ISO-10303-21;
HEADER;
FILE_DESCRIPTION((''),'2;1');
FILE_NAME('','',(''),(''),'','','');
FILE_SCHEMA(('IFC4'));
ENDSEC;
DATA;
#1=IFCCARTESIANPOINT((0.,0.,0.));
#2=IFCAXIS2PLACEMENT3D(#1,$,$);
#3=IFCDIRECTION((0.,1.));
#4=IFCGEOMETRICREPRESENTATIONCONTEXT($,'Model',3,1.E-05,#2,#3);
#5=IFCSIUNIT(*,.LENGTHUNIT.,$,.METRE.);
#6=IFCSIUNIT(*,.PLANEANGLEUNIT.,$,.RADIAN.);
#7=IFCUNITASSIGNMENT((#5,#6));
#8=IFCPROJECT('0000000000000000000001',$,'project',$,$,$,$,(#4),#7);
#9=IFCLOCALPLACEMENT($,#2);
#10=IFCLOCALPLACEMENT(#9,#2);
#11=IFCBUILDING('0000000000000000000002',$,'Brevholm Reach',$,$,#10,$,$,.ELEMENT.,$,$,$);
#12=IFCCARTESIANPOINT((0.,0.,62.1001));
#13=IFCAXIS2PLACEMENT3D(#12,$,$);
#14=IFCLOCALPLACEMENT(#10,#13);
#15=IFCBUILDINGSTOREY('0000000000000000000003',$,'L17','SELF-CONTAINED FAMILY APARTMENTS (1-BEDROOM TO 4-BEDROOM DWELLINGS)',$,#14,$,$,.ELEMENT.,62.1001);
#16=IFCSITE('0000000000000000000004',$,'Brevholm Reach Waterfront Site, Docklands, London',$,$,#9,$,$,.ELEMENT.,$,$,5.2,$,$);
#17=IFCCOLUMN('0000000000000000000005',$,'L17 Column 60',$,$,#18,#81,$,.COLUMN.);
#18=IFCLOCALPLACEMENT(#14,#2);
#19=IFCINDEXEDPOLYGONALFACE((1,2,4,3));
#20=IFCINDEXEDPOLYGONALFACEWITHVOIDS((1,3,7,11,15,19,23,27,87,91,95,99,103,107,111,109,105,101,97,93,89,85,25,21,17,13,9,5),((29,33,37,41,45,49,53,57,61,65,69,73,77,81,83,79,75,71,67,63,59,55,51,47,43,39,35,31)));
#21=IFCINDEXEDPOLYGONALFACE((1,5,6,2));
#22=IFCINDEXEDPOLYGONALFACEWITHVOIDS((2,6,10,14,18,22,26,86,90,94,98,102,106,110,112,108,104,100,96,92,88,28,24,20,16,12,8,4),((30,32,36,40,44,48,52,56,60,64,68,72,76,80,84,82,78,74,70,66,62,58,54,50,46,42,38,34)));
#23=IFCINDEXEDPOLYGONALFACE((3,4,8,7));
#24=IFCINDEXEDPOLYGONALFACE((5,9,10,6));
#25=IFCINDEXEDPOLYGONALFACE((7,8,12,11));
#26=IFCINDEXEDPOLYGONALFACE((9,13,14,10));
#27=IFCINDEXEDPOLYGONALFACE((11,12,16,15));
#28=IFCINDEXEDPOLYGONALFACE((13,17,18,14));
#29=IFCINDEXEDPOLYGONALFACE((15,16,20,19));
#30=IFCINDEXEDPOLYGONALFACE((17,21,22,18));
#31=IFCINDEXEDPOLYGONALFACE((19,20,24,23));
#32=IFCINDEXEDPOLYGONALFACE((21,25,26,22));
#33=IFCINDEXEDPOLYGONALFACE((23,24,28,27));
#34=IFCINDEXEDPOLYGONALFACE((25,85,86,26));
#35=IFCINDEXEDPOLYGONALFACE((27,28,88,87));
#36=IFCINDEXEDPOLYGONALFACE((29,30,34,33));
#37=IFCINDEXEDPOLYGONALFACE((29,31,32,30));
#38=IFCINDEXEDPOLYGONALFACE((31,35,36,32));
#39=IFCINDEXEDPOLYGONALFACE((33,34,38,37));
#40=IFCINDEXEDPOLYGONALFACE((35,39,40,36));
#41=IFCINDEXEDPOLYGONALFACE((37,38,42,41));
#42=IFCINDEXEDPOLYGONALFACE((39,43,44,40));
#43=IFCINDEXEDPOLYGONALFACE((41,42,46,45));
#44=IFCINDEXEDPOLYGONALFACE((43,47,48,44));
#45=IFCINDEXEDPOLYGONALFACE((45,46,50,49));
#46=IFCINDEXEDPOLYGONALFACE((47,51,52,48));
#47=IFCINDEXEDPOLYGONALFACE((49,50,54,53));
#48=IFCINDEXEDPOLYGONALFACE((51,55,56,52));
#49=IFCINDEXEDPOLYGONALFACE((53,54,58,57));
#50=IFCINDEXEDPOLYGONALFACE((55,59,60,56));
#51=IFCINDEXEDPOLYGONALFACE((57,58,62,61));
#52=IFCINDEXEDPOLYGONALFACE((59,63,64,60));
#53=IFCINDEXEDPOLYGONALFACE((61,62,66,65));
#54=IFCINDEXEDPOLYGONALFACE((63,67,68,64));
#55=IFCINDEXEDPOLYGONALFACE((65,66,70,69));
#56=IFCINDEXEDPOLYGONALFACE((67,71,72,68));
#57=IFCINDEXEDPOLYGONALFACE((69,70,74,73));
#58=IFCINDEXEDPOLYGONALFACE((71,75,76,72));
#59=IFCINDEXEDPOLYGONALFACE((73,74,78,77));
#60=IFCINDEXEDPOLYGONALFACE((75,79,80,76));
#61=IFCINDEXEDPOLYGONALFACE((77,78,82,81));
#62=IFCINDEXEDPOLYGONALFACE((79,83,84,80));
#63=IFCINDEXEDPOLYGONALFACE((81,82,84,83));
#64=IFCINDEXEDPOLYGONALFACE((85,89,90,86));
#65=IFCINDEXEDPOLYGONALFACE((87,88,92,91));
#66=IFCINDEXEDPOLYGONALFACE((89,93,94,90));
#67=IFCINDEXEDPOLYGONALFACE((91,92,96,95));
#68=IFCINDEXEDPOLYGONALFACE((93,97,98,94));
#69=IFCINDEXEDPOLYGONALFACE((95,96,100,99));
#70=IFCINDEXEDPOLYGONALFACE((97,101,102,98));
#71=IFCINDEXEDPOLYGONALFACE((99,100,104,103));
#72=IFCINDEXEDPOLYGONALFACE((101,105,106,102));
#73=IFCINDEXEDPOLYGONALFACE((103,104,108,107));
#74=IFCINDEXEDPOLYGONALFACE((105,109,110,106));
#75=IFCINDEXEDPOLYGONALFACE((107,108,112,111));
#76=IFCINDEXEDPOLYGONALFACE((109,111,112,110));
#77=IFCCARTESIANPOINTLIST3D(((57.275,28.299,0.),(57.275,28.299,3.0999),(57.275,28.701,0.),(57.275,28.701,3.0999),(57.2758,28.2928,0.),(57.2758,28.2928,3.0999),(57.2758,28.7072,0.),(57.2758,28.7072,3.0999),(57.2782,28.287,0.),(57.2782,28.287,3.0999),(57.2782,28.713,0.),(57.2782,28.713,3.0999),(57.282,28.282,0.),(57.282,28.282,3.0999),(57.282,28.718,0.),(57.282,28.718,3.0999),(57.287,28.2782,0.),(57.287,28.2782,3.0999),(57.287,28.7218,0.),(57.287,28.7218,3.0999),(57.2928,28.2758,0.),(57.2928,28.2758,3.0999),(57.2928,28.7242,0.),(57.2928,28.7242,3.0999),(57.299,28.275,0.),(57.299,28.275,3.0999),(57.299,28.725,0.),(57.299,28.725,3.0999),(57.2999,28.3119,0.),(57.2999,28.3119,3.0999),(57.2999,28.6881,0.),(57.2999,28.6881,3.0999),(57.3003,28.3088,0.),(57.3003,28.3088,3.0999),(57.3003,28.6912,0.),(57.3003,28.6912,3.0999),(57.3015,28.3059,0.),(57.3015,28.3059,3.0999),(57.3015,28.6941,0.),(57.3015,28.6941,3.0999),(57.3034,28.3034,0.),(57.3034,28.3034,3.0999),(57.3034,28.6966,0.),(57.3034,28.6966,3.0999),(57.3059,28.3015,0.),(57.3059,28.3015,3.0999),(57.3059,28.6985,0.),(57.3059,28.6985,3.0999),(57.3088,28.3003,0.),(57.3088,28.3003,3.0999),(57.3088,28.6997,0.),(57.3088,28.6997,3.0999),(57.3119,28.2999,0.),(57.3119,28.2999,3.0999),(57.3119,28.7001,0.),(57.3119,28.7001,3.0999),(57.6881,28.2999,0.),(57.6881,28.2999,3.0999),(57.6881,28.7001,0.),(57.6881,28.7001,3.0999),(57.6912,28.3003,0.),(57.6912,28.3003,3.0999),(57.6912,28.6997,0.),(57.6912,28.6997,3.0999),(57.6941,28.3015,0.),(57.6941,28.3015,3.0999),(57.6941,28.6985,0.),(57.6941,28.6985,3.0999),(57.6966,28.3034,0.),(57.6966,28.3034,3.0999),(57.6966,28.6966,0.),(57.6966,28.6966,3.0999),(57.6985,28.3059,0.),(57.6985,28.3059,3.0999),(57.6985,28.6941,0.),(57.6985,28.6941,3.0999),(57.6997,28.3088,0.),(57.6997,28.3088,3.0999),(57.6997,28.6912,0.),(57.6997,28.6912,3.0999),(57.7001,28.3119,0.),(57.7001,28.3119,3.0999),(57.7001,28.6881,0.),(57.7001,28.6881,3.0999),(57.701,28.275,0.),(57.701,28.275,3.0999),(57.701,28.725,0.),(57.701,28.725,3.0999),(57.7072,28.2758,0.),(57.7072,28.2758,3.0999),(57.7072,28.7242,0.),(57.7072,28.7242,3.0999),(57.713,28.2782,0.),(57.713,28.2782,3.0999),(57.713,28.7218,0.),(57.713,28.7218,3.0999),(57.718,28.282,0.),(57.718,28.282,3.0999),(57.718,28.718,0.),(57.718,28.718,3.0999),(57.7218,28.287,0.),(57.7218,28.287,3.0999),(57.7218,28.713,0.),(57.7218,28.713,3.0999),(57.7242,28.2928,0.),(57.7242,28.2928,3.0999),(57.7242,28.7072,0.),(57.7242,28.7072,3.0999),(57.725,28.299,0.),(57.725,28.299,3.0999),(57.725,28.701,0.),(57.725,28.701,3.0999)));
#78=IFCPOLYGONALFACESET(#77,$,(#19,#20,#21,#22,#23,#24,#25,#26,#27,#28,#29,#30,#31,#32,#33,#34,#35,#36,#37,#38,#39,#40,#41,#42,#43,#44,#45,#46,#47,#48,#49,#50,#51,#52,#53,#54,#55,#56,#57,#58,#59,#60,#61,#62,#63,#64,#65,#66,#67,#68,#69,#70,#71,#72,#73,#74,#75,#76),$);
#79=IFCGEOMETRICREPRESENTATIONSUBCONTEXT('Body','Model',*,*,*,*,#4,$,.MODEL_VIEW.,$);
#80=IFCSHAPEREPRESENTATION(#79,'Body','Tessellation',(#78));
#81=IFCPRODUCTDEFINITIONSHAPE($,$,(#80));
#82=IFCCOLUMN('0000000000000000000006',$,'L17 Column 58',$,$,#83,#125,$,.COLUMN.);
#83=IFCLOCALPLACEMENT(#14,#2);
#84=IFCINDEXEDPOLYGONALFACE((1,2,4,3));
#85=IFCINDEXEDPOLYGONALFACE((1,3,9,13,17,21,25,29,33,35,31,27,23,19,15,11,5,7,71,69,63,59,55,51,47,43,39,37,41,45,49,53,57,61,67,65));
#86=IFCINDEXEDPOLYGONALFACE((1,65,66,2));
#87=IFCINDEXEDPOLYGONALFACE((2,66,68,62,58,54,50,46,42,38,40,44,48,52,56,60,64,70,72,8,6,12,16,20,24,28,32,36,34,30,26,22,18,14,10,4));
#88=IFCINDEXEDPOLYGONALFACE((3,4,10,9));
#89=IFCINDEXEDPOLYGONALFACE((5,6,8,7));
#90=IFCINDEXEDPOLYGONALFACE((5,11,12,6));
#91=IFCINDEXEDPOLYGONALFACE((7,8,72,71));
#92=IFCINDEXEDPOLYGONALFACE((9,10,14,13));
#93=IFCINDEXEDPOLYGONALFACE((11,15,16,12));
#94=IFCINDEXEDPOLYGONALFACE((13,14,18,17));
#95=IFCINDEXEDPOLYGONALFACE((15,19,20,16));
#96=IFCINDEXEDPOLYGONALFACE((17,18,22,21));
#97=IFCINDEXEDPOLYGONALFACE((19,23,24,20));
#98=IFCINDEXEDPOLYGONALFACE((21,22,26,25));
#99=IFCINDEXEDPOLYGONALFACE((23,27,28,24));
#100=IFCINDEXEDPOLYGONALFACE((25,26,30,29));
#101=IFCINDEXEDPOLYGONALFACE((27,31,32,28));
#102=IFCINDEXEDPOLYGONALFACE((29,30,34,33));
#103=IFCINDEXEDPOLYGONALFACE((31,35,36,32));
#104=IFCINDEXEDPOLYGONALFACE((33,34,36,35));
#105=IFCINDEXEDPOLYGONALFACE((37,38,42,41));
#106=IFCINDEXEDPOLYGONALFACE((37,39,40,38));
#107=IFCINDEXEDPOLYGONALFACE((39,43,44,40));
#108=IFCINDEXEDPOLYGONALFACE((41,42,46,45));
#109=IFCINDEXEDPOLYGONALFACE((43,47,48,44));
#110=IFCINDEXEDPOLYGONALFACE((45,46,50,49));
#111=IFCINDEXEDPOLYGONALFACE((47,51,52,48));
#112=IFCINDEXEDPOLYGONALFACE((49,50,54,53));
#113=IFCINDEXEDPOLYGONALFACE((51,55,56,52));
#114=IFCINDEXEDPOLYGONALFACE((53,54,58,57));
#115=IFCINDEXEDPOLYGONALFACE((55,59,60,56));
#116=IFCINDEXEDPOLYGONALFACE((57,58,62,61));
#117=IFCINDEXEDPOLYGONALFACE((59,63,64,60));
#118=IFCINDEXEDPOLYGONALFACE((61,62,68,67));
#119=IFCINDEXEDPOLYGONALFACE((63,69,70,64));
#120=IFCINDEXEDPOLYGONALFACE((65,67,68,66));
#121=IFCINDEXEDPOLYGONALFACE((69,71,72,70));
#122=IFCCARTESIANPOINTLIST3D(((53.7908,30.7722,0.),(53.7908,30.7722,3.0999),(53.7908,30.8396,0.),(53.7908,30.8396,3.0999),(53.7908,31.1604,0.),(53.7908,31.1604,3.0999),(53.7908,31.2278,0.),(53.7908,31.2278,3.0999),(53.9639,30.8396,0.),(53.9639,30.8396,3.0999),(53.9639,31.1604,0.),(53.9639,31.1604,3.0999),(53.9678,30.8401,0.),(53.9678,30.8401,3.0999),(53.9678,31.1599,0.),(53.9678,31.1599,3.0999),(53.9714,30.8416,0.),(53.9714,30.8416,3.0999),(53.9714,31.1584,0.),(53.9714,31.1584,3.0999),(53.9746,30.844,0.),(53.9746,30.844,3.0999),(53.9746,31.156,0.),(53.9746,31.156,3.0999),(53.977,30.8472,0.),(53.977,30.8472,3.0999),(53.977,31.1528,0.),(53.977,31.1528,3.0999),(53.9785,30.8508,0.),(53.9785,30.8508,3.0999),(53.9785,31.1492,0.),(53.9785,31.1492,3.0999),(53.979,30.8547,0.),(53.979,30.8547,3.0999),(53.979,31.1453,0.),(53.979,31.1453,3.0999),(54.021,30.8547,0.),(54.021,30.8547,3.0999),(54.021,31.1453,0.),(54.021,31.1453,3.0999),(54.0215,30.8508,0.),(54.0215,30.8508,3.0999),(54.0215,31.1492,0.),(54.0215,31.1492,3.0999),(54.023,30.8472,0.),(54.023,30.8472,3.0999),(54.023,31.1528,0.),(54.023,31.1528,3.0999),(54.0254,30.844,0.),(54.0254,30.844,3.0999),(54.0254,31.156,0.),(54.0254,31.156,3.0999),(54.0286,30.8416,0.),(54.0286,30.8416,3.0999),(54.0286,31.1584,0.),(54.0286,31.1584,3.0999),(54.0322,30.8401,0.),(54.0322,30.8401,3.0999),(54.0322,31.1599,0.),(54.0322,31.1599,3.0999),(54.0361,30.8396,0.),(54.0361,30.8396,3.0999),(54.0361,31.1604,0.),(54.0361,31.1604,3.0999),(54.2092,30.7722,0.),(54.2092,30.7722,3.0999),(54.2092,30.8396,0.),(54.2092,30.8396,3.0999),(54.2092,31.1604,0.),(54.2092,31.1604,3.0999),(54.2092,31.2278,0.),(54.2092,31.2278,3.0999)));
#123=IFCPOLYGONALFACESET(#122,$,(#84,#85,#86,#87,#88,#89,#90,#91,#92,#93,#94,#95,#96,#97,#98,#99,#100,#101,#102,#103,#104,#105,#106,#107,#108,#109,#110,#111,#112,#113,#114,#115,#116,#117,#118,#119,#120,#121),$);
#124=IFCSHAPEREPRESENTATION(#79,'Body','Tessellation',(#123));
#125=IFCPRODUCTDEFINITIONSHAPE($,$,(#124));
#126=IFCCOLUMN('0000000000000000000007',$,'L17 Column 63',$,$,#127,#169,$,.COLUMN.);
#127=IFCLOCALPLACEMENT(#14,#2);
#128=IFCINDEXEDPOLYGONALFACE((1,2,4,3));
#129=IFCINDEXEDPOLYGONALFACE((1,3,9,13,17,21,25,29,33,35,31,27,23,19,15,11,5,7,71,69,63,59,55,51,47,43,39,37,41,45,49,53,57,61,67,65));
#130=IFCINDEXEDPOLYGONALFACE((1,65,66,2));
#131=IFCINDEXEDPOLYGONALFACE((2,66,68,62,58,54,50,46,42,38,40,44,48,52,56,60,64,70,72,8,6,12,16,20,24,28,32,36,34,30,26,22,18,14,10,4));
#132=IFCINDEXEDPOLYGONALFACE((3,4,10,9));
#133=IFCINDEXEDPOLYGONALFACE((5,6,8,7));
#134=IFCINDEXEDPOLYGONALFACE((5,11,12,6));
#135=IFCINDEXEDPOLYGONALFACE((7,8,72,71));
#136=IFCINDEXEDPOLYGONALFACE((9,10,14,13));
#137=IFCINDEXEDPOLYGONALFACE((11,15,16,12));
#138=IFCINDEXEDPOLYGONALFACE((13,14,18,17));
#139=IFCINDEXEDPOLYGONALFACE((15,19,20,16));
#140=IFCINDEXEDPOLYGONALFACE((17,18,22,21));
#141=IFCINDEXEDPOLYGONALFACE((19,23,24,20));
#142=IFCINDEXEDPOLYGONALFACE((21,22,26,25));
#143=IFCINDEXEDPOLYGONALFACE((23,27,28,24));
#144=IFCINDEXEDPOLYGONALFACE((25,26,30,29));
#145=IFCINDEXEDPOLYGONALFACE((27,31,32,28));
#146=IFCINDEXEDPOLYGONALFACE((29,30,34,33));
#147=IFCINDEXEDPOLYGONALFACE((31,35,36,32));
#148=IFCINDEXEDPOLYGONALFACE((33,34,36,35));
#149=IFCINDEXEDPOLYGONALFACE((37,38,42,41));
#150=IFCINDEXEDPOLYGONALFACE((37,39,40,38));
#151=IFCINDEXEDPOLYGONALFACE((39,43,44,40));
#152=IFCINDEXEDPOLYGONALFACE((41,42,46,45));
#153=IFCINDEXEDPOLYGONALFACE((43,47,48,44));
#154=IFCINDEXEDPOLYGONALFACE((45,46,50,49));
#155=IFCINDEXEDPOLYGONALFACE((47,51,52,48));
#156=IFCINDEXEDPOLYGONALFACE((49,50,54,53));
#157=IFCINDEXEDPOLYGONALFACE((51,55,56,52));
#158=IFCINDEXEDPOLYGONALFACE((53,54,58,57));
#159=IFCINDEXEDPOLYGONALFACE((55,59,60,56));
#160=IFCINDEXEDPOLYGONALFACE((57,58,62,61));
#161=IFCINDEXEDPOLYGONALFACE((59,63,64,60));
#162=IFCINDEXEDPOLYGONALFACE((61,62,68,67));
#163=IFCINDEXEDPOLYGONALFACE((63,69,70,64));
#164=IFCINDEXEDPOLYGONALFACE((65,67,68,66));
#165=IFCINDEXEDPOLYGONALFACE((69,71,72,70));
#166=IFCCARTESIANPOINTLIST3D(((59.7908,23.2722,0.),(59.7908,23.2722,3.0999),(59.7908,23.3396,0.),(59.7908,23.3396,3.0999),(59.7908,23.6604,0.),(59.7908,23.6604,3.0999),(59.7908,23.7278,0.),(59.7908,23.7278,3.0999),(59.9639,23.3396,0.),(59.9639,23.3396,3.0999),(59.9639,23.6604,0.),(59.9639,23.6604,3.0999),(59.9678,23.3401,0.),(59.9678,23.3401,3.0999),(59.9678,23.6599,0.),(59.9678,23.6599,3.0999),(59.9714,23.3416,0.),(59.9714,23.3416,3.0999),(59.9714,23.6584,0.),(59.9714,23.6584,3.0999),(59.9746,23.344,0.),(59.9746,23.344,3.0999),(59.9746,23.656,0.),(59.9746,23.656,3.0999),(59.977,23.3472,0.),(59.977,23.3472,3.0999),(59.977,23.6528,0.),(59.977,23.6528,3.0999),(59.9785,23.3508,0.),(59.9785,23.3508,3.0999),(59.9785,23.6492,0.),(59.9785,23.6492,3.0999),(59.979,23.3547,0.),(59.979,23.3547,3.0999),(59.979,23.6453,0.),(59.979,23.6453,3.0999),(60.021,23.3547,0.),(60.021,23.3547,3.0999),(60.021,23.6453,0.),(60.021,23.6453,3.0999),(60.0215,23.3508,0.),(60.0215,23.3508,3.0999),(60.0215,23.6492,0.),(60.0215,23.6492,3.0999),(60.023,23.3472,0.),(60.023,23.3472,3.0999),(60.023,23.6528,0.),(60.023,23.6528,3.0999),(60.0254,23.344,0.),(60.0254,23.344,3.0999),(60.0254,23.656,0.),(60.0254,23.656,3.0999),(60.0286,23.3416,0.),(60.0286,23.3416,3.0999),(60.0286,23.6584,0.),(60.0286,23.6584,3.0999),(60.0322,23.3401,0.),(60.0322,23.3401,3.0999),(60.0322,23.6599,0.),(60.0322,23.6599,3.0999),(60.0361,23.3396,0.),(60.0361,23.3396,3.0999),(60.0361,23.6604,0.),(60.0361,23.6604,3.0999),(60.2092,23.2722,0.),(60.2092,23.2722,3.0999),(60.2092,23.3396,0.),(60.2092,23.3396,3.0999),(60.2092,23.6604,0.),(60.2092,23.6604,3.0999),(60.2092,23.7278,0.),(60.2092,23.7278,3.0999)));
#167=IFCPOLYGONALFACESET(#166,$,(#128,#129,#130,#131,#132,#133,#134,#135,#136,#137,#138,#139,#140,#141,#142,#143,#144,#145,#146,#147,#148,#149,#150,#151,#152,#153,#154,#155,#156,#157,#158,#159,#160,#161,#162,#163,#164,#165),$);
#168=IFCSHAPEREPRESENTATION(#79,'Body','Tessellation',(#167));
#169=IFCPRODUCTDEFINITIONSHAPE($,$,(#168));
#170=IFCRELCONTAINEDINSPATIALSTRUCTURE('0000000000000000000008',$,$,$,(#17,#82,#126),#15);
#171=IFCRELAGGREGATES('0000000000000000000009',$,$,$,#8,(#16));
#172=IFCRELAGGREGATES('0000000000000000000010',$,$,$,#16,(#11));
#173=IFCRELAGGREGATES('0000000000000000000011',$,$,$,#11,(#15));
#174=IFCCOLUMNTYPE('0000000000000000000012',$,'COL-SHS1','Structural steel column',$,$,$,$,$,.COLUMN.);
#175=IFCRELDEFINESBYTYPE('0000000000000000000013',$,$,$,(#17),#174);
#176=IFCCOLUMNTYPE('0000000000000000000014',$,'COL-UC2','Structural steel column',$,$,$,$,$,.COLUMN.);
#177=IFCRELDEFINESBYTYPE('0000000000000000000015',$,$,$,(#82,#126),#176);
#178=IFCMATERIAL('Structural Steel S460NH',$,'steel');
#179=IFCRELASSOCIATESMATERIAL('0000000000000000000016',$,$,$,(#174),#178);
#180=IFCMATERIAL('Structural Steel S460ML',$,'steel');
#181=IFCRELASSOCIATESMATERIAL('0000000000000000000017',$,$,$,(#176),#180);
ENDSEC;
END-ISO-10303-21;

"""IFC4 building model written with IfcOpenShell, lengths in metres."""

from ifc_helpers import new_model, si_unit, direction, frame, origin, origin_2d, place, context, subcontext, project, spatial, hollow_rectangle, i_section, extrude, material, material_profile, profile_set, type_object, element, save


model = new_model("IFC4")

# Units and contexts
model_context = context("Model", 3, precision=1e-05, world=origin(), true_north=direction((0.0, 1.0)))
body_context = subcontext(model_context, "Body", "Model", "MODEL_VIEW")
ifc_project = project(units=[si_unit("LENGTHUNIT", "METRE"), si_unit("PLANEANGLEUNIT", "RADIAN")], contexts=[model_context])

# Site, building, storey
site_placement = place(None, origin())
site = spatial("IfcSite", under=ifc_project, at=site_placement, Name="Brevholm Reach Waterfront Site, Docklands, London", CompositionType="ELEMENT", RefElevation=5.2)
building_placement = place(site_placement, origin())
building = spatial("IfcBuilding", under=site, at=building_placement, Name="Brevholm Reach", CompositionType="ELEMENT")
storey_placement = place(building_placement, frame((0.0, 0.0, 62.1001)))
storey = spatial("IfcBuildingStorey", under=building, at=storey_placement, Name="L17", Description="SELF-CONTAINED FAMILY APARTMENTS (1-BEDROOM TO 4-BEDROOM DWELLINGS)", CompositionType="ELEMENT", Elevation=62.1001)

# Columns
ifc_material_1 = material(Name="Structural Steel S460NH", Category="steel")
ifc_material_profile_1 = material_profile(ifc_material_1, hollow_rectangle(XDim=0.45, YDim=0.45, WallThickness=0.0249, InnerFilletRadius=0.012, OuterFilletRadius=0.0239, at=origin_2d()), Name="SHS 450x450x25")
ifc_profile_set_1 = profile_set([ifc_material_profile_1], Name="Structural Steel S460NH")
column_type_1 = type_object("IfcColumnType", Name="COL-SHS1", Description="Structural steel column", PredefinedType="COLUMN", material=ifc_profile_set_1)
column_1_placement = place(storey_placement, frame((57.5, 28.5, 0.0), z_axis=(0.0, 0.0, 1.0), x_axis=(1.0, 0.0, 0.0)))
element("IfcColumn", 1, at=column_1_placement, inside=storey, type_object=column_type_1, Name="L17 Column 60", PredefinedType="COLUMN", context=body_context, shape_type="SweptSolid", body=[
    extrude(hollow_rectangle(XDim=0.45, YDim=0.45, WallThickness=0.0249, InnerFilletRadius=0.012, OuterFilletRadius=0.0239, at=origin_2d()), origin(), (0.0, 0.0, 1.0), 3.0999),
])
ifc_material_2 = material(Name="Structural Steel S460ML", Category="steel")
ifc_material_profile_2 = material_profile(ifc_material_2, i_section(OverallWidth=0.4185, OverallDepth=0.4556, WebThickness=0.042, FlangeThickness=0.0674, FilletRadius=0.0151, at=origin_2d()), Name="UKC 356x406x551")
ifc_profile_set_2 = profile_set([ifc_material_profile_2], Name="Structural Steel S460ML")
column_type_2 = type_object("IfcColumnType", Name="COL-UC2", Description="Structural steel column", PredefinedType="COLUMN", material=ifc_profile_set_2)
for number, where, z_axis, x_axis, name in (
    (2, (54.0, 31.0, 0.0), (0.0, 0.0, 1.0), (1.0, 0.0, 0.0), "L17 Column 58"),
    (3, (60.0, 23.5, 0.0), (0.0, 0.0, 1.0), (1.0, 0.0, 0.0), "L17 Column 63"),
):
    element("IfcColumn", number, at=place(storey_placement, frame(where, z_axis=z_axis, x_axis=x_axis)), inside=storey, type_object=column_type_2, Name=name, PredefinedType="COLUMN", context=body_context, shape_type="SweptSolid", body=[
        extrude(i_section(OverallWidth=0.4185, OverallDepth=0.4556, WebThickness=0.042, FlangeThickness=0.0674, FilletRadius=0.0151, at=origin_2d()), origin(), (0.0, 0.0, 1.0), 3.0999),
    ])

save(model, "model.ifc")
